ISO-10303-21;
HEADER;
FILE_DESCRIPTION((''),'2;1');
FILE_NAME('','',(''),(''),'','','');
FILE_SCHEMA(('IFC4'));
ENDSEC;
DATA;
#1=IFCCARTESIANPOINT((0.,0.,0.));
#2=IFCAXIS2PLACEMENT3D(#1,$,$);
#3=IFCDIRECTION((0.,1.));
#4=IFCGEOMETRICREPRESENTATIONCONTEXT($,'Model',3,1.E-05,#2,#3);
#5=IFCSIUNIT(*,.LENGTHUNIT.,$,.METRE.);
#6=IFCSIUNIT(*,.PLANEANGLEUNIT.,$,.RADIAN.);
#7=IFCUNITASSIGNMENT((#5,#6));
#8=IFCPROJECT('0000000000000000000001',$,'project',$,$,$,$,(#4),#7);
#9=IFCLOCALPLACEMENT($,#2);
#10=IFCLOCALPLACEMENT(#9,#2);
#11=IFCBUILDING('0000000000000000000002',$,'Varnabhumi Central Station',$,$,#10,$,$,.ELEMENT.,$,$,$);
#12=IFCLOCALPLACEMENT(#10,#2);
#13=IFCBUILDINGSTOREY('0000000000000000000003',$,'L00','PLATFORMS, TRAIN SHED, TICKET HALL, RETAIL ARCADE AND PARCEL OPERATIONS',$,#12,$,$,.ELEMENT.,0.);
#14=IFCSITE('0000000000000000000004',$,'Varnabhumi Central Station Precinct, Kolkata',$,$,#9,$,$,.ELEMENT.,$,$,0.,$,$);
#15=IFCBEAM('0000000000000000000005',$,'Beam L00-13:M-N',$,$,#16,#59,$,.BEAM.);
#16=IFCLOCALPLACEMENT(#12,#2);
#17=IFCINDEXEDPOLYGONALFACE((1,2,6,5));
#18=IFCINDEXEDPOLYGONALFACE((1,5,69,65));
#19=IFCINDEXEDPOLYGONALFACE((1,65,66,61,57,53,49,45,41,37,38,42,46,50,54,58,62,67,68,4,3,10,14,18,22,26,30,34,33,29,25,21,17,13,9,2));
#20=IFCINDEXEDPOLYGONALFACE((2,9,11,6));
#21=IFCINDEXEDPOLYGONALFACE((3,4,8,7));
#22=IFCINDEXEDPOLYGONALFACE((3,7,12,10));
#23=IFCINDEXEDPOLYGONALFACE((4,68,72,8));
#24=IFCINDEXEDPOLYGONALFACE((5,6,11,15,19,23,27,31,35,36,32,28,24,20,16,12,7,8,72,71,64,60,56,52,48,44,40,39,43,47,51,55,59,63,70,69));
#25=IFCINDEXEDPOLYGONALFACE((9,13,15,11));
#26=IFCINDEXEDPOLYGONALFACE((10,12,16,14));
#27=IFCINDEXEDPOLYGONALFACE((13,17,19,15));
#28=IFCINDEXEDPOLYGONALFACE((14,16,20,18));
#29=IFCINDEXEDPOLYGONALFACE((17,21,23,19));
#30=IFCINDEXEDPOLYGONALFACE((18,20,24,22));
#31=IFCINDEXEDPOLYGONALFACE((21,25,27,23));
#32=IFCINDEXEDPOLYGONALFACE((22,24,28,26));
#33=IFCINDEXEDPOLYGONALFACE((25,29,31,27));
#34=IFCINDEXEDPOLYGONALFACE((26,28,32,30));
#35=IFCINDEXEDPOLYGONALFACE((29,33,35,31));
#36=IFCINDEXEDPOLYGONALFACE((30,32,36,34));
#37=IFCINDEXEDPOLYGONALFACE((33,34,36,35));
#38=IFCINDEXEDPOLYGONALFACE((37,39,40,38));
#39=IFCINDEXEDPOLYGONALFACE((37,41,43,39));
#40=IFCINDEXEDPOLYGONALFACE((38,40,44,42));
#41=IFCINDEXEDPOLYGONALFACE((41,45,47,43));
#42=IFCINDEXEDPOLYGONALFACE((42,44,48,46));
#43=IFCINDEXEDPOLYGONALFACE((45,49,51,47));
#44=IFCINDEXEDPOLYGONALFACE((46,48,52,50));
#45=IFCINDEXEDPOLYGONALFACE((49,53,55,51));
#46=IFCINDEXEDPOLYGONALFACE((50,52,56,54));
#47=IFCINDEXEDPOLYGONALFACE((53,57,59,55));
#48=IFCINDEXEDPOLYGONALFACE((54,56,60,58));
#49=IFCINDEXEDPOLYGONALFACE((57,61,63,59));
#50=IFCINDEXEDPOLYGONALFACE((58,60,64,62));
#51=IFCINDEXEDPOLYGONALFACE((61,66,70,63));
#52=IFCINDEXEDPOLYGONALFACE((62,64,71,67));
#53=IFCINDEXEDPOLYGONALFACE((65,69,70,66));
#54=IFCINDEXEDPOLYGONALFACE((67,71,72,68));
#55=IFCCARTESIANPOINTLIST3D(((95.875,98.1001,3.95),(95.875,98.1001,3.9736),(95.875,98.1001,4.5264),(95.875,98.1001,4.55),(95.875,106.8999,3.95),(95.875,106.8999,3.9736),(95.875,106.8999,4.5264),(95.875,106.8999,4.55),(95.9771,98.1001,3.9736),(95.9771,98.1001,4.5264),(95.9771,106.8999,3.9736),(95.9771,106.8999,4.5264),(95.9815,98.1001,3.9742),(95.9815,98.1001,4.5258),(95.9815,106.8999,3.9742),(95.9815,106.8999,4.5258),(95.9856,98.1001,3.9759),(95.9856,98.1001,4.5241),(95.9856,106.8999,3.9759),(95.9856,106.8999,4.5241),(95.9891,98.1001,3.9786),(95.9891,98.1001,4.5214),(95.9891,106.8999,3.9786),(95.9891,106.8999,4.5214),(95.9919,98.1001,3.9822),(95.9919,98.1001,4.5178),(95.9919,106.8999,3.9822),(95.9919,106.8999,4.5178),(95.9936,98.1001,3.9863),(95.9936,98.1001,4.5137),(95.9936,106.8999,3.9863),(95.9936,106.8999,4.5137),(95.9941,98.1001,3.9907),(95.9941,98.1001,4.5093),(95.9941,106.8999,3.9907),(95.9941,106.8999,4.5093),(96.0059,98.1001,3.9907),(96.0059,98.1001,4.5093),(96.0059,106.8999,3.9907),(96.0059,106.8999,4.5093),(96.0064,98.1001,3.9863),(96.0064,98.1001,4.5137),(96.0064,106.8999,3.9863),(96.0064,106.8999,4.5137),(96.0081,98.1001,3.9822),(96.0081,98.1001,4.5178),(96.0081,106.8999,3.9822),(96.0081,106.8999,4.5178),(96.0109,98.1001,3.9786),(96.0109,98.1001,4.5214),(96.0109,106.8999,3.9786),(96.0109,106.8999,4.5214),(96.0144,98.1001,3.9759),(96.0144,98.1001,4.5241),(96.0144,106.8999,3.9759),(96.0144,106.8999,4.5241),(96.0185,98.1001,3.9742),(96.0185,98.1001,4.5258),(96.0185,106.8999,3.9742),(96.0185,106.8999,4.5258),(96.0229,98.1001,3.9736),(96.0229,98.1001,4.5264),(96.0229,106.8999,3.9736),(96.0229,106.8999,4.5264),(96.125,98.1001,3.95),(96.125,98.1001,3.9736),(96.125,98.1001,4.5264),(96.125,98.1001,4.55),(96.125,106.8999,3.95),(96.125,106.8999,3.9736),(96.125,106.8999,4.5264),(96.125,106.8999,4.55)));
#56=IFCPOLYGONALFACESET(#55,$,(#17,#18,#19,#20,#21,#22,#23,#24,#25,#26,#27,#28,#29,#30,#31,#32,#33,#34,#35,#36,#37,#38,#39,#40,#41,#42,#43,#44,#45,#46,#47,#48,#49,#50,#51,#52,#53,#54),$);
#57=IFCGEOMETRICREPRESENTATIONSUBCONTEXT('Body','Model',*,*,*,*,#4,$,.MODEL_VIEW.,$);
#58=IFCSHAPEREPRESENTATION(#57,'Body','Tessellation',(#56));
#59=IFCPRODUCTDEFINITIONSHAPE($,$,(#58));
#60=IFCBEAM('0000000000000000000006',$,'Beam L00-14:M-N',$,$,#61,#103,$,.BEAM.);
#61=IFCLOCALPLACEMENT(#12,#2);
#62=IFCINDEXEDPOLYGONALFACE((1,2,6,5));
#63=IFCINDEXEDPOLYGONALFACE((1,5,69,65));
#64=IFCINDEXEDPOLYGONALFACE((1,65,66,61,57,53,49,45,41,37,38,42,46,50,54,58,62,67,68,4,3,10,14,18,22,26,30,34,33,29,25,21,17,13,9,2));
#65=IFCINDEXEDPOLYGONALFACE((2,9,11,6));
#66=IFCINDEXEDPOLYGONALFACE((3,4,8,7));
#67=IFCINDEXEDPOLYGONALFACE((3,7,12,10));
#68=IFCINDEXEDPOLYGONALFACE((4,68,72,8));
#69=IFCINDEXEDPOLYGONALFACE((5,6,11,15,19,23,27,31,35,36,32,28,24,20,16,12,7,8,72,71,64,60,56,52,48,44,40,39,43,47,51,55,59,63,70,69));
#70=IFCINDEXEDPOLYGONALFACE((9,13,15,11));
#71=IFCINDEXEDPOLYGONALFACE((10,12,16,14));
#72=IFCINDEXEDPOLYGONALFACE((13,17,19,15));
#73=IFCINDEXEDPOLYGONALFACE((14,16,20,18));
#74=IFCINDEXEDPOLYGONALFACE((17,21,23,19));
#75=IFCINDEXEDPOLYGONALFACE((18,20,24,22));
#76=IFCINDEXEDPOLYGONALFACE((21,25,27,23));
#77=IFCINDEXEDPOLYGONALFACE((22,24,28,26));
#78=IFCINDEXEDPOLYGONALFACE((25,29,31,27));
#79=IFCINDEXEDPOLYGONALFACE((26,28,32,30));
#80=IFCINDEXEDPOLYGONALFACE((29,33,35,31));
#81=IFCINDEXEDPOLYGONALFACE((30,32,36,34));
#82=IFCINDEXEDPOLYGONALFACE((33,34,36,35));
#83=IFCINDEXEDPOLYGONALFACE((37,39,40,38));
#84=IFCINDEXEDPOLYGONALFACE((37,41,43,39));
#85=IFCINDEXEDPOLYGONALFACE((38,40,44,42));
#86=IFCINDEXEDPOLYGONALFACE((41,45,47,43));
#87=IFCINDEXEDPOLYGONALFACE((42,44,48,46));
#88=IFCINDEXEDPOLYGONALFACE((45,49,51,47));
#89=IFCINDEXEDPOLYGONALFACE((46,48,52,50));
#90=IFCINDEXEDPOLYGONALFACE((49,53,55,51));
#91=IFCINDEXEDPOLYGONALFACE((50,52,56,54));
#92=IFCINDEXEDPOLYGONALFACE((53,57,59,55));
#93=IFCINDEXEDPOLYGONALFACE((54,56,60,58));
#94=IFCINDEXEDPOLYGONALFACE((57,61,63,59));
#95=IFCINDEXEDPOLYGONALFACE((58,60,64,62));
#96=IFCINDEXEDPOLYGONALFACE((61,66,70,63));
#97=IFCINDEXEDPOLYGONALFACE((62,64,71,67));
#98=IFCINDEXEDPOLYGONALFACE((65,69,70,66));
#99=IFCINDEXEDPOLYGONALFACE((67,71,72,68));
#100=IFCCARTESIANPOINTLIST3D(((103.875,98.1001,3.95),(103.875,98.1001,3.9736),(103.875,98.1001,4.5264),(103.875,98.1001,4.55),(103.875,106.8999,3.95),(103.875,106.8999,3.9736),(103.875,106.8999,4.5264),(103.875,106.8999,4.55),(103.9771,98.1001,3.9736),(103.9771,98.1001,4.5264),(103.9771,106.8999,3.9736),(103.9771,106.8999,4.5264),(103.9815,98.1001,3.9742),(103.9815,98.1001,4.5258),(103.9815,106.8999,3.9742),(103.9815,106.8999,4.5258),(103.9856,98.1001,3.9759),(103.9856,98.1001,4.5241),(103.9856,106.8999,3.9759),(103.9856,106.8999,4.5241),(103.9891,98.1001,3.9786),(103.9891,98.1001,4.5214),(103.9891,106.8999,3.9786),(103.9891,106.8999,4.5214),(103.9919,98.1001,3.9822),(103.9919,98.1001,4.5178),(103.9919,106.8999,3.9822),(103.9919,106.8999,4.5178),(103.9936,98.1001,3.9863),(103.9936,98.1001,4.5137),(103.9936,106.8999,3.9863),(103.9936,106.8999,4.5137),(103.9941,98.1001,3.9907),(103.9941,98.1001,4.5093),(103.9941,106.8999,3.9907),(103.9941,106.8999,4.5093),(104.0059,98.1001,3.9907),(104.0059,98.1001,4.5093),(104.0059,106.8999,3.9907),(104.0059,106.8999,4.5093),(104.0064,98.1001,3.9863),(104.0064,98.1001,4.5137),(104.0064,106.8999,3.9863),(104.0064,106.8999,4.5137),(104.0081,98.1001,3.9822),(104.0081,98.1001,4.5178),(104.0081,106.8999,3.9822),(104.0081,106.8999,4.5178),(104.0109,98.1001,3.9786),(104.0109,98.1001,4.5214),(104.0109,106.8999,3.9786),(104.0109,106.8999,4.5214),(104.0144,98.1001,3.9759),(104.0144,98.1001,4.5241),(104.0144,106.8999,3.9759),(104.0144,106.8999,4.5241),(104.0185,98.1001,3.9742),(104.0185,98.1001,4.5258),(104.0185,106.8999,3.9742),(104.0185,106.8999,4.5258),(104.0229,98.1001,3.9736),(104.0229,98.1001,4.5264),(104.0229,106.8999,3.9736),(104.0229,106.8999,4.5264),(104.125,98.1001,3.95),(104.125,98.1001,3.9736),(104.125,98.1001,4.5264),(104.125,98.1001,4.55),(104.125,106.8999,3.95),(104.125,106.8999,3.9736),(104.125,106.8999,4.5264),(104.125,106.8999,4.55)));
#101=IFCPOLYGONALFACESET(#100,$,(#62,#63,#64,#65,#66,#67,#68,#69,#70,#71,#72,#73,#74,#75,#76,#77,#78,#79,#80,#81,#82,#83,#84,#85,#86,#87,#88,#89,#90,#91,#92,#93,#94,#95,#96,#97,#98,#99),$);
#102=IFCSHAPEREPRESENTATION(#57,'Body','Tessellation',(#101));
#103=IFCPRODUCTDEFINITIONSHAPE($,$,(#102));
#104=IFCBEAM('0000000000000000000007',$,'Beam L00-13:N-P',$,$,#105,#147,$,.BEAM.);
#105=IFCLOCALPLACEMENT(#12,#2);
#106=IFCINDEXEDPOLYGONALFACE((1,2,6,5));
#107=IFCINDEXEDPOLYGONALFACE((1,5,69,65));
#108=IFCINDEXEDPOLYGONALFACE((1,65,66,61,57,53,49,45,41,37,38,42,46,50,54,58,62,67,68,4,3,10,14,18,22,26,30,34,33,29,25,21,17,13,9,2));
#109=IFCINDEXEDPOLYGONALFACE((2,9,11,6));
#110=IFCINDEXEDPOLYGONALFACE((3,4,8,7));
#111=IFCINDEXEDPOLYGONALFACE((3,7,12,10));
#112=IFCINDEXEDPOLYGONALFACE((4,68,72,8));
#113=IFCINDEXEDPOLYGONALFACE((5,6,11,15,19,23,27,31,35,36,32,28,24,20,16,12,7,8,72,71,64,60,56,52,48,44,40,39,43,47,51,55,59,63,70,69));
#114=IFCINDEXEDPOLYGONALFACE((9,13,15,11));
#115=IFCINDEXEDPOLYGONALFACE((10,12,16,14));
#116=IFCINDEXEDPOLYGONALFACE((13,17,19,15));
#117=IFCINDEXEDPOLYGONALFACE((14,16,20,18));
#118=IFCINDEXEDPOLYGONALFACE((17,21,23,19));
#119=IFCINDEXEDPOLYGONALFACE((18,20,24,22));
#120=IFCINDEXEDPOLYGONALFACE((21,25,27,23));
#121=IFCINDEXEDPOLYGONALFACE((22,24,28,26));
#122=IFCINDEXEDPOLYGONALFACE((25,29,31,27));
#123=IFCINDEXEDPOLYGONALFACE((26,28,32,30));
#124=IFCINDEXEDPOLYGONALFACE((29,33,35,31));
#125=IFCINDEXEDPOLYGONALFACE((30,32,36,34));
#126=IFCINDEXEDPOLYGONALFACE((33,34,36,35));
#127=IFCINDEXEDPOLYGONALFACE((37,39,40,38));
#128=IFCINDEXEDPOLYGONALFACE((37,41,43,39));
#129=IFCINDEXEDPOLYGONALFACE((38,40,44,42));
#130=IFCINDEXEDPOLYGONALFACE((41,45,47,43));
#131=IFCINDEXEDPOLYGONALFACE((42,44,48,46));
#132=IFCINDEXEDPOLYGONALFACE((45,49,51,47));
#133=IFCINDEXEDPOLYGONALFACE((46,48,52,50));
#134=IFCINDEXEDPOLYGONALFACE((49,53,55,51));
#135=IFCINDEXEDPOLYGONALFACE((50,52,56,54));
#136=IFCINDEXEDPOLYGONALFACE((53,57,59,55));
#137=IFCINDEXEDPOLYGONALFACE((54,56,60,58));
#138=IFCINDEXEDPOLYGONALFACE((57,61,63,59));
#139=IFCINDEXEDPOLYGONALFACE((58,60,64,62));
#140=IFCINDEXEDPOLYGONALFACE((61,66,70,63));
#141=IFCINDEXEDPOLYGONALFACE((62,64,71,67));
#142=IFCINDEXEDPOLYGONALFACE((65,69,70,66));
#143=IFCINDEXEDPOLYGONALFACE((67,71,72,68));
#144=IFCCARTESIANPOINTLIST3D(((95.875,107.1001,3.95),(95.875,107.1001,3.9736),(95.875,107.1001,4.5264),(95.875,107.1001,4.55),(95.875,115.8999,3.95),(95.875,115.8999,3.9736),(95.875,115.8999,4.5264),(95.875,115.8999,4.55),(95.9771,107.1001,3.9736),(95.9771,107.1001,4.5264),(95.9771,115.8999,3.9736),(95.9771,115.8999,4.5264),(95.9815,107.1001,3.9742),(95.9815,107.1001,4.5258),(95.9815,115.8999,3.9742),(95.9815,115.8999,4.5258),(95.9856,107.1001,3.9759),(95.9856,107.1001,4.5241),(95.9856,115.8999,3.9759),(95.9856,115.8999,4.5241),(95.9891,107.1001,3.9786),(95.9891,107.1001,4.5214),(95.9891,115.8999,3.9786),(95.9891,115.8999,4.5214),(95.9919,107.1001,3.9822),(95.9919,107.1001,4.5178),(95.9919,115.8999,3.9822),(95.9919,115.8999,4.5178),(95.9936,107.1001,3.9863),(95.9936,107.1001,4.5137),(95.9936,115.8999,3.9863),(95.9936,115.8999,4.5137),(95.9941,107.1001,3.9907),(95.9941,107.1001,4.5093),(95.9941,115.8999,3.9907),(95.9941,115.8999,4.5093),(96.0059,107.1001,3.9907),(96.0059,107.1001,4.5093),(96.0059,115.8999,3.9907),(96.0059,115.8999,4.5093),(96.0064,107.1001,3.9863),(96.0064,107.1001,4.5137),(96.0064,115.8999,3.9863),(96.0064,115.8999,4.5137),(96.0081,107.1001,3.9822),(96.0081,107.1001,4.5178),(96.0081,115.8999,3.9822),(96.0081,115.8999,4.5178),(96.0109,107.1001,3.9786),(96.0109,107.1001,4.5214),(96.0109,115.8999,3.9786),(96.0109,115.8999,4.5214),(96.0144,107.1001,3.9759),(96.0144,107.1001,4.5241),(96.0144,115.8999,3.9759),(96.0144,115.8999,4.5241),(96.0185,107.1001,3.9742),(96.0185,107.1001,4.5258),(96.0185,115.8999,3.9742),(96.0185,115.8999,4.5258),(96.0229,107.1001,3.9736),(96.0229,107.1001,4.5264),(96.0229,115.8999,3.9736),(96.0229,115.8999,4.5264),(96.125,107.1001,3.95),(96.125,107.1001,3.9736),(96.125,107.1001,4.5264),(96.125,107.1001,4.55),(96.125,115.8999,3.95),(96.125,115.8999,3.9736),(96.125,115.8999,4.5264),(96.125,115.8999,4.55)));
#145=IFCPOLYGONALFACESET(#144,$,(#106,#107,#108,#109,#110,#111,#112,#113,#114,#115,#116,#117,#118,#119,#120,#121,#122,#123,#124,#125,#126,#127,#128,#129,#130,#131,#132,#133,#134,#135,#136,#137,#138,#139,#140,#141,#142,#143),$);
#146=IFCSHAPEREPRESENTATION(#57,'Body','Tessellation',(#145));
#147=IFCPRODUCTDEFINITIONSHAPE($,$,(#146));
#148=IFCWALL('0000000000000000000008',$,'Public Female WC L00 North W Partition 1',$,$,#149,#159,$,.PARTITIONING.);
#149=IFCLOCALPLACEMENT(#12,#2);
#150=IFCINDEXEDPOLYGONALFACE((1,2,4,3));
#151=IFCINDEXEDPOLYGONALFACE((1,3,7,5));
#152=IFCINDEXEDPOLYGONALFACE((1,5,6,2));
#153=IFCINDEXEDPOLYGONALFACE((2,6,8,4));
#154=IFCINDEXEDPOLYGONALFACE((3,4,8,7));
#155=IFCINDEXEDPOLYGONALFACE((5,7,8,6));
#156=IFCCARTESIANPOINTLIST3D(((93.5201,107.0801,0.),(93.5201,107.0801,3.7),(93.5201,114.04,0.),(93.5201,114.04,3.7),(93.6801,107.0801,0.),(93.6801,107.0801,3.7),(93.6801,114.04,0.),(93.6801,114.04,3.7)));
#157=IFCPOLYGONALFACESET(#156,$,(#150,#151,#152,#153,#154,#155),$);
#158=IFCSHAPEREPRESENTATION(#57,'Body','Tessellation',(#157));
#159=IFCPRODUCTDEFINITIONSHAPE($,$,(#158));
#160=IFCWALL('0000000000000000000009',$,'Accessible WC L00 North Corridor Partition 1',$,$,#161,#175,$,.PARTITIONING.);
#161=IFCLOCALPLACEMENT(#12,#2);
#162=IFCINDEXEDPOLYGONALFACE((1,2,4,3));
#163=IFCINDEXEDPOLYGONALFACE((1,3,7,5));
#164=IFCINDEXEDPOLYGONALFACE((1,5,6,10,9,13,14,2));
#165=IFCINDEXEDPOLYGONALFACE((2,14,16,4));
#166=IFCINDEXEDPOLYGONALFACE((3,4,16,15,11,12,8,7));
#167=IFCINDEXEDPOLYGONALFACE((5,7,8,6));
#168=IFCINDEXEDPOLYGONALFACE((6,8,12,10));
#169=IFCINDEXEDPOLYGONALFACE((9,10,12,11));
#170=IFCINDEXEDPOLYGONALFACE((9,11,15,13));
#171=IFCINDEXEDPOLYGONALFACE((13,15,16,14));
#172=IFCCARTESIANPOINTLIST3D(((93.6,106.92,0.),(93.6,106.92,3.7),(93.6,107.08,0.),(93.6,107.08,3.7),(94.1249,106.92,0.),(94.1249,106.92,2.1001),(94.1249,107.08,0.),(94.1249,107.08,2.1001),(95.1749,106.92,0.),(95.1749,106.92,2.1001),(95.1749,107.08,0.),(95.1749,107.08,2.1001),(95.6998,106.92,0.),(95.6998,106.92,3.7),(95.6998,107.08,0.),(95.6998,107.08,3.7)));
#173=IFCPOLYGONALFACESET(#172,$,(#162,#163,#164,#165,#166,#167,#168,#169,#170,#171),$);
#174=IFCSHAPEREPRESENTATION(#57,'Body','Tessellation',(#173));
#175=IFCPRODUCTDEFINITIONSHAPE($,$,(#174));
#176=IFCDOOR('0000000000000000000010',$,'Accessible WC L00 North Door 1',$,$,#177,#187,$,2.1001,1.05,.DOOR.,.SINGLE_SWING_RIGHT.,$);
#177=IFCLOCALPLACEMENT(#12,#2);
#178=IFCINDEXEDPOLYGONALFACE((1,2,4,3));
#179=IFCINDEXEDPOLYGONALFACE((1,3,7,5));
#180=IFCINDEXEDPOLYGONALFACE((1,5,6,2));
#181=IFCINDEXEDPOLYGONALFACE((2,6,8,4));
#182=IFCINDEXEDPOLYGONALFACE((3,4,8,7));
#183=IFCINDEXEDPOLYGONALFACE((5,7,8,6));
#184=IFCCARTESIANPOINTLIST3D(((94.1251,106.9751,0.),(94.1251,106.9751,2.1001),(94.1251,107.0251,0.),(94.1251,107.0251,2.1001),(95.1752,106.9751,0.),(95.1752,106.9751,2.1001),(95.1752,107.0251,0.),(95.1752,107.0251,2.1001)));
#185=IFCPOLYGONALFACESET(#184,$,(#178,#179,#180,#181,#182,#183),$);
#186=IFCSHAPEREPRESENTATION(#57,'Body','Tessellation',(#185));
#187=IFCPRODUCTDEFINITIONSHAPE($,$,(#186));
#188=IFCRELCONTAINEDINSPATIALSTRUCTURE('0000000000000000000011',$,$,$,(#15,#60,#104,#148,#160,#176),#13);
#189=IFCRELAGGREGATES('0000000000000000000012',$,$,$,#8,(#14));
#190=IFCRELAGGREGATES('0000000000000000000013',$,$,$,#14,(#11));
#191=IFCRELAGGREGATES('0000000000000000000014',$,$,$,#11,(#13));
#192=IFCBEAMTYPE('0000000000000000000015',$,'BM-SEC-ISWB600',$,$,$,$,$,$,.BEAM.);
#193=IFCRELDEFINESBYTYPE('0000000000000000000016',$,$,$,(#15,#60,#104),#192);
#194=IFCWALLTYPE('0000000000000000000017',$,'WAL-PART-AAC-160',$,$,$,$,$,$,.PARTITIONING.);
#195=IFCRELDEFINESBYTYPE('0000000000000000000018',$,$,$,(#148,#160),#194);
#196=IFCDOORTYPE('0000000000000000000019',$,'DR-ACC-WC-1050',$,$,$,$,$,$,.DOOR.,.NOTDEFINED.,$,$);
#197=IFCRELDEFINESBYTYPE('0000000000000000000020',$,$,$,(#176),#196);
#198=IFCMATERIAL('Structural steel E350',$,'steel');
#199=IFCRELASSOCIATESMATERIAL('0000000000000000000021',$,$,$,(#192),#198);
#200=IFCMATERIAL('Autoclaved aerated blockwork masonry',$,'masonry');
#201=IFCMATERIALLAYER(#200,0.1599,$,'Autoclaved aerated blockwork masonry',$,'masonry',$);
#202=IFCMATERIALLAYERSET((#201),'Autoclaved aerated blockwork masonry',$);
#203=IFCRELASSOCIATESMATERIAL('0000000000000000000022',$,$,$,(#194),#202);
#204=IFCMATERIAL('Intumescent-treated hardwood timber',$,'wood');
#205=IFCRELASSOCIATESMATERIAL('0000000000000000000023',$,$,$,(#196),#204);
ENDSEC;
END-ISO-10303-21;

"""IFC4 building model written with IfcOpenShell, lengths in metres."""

from ifc_helpers import new_model, si_unit, direction, frame, frame_2d, origin, origin_2d, place, context, subcontext, project, spatial, rectangle, i_section, extrude, material, layer, layer_set, material_profile, profile_set, type_object, element, fill, save


model = new_model("IFC4")

# Units and contexts
model_context = context("Model", 3, precision=1e-05, world=origin(), true_north=direction((0.0, 1.0)))
body_context = subcontext(model_context, "Body", "Model", "MODEL_VIEW")
ifc_project = project(units=[si_unit("LENGTHUNIT", "METRE"), si_unit("PLANEANGLEUNIT", "RADIAN")], contexts=[model_context])

# Site, building, storey
site_placement = place(None, origin())
site = spatial("IfcSite", under=ifc_project, at=site_placement, Name="Varnabhumi Central Station Precinct, Kolkata", CompositionType="ELEMENT", RefElevation=0.0)
building_placement = place(site_placement, origin())
building = spatial("IfcBuilding", under=site, at=building_placement, Name="Varnabhumi Central Station", CompositionType="ELEMENT")
storey_placement = place(building_placement, origin())
storey = spatial("IfcBuildingStorey", under=building, at=storey_placement, Name="L00", Description="PLATFORMS, TRAIN SHED, TICKET HALL, RETAIL ARCADE AND PARCEL OPERATIONS", CompositionType="ELEMENT", Elevation=0.0)

# Beams
ifc_material_1 = material(Name="Structural steel E350", Category="steel")
ifc_material_profile_1 = material_profile(ifc_material_1, i_section(OverallWidth=0.25, OverallDepth=0.6001, WebThickness=0.0117, FlangeThickness=0.0237, FilletRadius=0.0171, at=origin_2d()), Name="Structural steel E350", Category="steel")
ifc_profile_set_1 = profile_set([ifc_material_profile_1], Name="Structural steel E350")
beam_type_1 = type_object("IfcBeamType", Name="BM-SEC-ISWB600", PredefinedType="BEAM", material=ifc_profile_set_1)
for number, where, z_axis, x_axis, name in (
    (1, (96.0, 98.1001, 4.25), (0.0, 1.0, 0.0), (-1.0, 0.0, 0.0), "Beam L00-13:M-N"),
    (2, (104.0, 98.1001, 4.25), (0.0, 1.0, 0.0), (-1.0, 0.0, 0.0), "Beam L00-14:M-N"),
    (3, (96.0, 107.1001, 4.25), (0.0, 1.0, 0.0), (-1.0, 0.0, 0.0), "Beam L00-13:N-P"),
):
    element("IfcBeam", number, at=place(storey_placement, frame(where, z_axis=z_axis, x_axis=x_axis)), inside=storey, type_object=beam_type_1, Name=name, PredefinedType="BEAM", context=body_context, shape_type="SweptSolid", body=[
        extrude(i_section(OverallWidth=0.25, OverallDepth=0.6001, WebThickness=0.0117, FlangeThickness=0.0237, FilletRadius=0.0171, at=origin_2d()), origin(), (0.0, 0.0, 1.0), 8.7998),
    ])

# Wall
ifc_material_2 = material(Name="Autoclaved aerated blockwork masonry", Category="masonry")
ifc_layer_1 = layer(ifc_material_2, 0.1599, Name="Autoclaved aerated blockwork masonry", Category="masonry")
ifc_layer_set_1 = layer_set([ifc_layer_1], Name="Autoclaved aerated blockwork masonry")
wall_type = type_object("IfcWallType", Name="WAL-PART-AAC-160", PredefinedType="PARTITIONING", material=ifc_layer_set_1)
wall_1_placement = place(storey_placement, frame((93.6001, 107.0801, 0.0), z_axis=(0.0, 0.0, 1.0), x_axis=(0.0, 1.0, 0.0)))
element("IfcWall", 4, at=wall_1_placement, inside=storey, type_object=wall_type, Name="Public Female WC L00 North W Partition 1", PredefinedType="PARTITIONING", context=body_context, shape_type="SweptSolid", body=[
    extrude(rectangle(XDim=6.96, YDim=0.1599, at=frame_2d((3.48, 0.0))), origin(), (0.0, 0.0, 1.0), 3.7),
])

# Wall, opening, door
wall_2_placement = place(storey_placement, frame((93.6001, 107.0, 0.0), z_axis=(0.0, 0.0, 1.0), x_axis=(1.0, 0.0, 0.0)))
wall_2 = element("IfcWall", 5, at=wall_2_placement, inside=storey, type_object=wall_type, Name="Accessible WC L00 North Corridor Partition 1", PredefinedType="PARTITIONING", context=body_context, shape_type="SweptSolid", body=[
    extrude(rectangle(XDim=2.0999, YDim=0.1599, at=frame_2d((1.0498, 0.0))), origin(), (0.0, 0.0, 1.0), 3.7),
])
opening_placement = place(wall_2_placement, frame((0.5249, 0.0, 0.0)))
opening = element("IfcOpeningElement", 6, at=opening_placement, cuts=wall_2, PredefinedType="OPENING", context=body_context, shape_type="SweptSolid", body=[
    extrude(rectangle(XDim=1.05, YDim=2.1001, at=frame_2d((0.5249, 1.05))), frame((0.0, 0.0898, 0.0), z_axis=(0.0, -1.0, 0.0), x_axis=(1.0, 0.0, 0.0)), (0.0, 0.0, 1.0), 0.1799),
])
ifc_material_3 = material(Name="Intumescent-treated hardwood timber", Category="wood")
door_type = type_object("IfcDoorType", Name="DR-ACC-WC-1050", OperationType="NOTDEFINED", PredefinedType="DOOR", material=ifc_material_3)
door_placement = place(opening_placement, frame((1.05, 0.0, 0.0), z_axis=(0.0, 0.0, 1.0), x_axis=(-1.0, 0.0, 0.0)))
door = element("IfcDoor", 7, at=door_placement, inside=storey, type_object=door_type, Name="Accessible WC L00 North Door 1", OperationType="SINGLE_SWING_RIGHT", OverallHeight=2.1001, OverallWidth=1.05, PredefinedType="DOOR", context=body_context, shape_type="SweptSolid", body=[
    extrude(rectangle(XDim=1.05, YDim=2.1001, at=frame_2d((0.5249, 1.05))), frame((0.0, 0.0249, 0.0), z_axis=(0.0, -1.0, 0.0), x_axis=(1.0, 0.0, 0.0)), (0.0, 0.0, 1.0), 0.05),
])
fill(opening, door)

save(model, "model.ifc")
